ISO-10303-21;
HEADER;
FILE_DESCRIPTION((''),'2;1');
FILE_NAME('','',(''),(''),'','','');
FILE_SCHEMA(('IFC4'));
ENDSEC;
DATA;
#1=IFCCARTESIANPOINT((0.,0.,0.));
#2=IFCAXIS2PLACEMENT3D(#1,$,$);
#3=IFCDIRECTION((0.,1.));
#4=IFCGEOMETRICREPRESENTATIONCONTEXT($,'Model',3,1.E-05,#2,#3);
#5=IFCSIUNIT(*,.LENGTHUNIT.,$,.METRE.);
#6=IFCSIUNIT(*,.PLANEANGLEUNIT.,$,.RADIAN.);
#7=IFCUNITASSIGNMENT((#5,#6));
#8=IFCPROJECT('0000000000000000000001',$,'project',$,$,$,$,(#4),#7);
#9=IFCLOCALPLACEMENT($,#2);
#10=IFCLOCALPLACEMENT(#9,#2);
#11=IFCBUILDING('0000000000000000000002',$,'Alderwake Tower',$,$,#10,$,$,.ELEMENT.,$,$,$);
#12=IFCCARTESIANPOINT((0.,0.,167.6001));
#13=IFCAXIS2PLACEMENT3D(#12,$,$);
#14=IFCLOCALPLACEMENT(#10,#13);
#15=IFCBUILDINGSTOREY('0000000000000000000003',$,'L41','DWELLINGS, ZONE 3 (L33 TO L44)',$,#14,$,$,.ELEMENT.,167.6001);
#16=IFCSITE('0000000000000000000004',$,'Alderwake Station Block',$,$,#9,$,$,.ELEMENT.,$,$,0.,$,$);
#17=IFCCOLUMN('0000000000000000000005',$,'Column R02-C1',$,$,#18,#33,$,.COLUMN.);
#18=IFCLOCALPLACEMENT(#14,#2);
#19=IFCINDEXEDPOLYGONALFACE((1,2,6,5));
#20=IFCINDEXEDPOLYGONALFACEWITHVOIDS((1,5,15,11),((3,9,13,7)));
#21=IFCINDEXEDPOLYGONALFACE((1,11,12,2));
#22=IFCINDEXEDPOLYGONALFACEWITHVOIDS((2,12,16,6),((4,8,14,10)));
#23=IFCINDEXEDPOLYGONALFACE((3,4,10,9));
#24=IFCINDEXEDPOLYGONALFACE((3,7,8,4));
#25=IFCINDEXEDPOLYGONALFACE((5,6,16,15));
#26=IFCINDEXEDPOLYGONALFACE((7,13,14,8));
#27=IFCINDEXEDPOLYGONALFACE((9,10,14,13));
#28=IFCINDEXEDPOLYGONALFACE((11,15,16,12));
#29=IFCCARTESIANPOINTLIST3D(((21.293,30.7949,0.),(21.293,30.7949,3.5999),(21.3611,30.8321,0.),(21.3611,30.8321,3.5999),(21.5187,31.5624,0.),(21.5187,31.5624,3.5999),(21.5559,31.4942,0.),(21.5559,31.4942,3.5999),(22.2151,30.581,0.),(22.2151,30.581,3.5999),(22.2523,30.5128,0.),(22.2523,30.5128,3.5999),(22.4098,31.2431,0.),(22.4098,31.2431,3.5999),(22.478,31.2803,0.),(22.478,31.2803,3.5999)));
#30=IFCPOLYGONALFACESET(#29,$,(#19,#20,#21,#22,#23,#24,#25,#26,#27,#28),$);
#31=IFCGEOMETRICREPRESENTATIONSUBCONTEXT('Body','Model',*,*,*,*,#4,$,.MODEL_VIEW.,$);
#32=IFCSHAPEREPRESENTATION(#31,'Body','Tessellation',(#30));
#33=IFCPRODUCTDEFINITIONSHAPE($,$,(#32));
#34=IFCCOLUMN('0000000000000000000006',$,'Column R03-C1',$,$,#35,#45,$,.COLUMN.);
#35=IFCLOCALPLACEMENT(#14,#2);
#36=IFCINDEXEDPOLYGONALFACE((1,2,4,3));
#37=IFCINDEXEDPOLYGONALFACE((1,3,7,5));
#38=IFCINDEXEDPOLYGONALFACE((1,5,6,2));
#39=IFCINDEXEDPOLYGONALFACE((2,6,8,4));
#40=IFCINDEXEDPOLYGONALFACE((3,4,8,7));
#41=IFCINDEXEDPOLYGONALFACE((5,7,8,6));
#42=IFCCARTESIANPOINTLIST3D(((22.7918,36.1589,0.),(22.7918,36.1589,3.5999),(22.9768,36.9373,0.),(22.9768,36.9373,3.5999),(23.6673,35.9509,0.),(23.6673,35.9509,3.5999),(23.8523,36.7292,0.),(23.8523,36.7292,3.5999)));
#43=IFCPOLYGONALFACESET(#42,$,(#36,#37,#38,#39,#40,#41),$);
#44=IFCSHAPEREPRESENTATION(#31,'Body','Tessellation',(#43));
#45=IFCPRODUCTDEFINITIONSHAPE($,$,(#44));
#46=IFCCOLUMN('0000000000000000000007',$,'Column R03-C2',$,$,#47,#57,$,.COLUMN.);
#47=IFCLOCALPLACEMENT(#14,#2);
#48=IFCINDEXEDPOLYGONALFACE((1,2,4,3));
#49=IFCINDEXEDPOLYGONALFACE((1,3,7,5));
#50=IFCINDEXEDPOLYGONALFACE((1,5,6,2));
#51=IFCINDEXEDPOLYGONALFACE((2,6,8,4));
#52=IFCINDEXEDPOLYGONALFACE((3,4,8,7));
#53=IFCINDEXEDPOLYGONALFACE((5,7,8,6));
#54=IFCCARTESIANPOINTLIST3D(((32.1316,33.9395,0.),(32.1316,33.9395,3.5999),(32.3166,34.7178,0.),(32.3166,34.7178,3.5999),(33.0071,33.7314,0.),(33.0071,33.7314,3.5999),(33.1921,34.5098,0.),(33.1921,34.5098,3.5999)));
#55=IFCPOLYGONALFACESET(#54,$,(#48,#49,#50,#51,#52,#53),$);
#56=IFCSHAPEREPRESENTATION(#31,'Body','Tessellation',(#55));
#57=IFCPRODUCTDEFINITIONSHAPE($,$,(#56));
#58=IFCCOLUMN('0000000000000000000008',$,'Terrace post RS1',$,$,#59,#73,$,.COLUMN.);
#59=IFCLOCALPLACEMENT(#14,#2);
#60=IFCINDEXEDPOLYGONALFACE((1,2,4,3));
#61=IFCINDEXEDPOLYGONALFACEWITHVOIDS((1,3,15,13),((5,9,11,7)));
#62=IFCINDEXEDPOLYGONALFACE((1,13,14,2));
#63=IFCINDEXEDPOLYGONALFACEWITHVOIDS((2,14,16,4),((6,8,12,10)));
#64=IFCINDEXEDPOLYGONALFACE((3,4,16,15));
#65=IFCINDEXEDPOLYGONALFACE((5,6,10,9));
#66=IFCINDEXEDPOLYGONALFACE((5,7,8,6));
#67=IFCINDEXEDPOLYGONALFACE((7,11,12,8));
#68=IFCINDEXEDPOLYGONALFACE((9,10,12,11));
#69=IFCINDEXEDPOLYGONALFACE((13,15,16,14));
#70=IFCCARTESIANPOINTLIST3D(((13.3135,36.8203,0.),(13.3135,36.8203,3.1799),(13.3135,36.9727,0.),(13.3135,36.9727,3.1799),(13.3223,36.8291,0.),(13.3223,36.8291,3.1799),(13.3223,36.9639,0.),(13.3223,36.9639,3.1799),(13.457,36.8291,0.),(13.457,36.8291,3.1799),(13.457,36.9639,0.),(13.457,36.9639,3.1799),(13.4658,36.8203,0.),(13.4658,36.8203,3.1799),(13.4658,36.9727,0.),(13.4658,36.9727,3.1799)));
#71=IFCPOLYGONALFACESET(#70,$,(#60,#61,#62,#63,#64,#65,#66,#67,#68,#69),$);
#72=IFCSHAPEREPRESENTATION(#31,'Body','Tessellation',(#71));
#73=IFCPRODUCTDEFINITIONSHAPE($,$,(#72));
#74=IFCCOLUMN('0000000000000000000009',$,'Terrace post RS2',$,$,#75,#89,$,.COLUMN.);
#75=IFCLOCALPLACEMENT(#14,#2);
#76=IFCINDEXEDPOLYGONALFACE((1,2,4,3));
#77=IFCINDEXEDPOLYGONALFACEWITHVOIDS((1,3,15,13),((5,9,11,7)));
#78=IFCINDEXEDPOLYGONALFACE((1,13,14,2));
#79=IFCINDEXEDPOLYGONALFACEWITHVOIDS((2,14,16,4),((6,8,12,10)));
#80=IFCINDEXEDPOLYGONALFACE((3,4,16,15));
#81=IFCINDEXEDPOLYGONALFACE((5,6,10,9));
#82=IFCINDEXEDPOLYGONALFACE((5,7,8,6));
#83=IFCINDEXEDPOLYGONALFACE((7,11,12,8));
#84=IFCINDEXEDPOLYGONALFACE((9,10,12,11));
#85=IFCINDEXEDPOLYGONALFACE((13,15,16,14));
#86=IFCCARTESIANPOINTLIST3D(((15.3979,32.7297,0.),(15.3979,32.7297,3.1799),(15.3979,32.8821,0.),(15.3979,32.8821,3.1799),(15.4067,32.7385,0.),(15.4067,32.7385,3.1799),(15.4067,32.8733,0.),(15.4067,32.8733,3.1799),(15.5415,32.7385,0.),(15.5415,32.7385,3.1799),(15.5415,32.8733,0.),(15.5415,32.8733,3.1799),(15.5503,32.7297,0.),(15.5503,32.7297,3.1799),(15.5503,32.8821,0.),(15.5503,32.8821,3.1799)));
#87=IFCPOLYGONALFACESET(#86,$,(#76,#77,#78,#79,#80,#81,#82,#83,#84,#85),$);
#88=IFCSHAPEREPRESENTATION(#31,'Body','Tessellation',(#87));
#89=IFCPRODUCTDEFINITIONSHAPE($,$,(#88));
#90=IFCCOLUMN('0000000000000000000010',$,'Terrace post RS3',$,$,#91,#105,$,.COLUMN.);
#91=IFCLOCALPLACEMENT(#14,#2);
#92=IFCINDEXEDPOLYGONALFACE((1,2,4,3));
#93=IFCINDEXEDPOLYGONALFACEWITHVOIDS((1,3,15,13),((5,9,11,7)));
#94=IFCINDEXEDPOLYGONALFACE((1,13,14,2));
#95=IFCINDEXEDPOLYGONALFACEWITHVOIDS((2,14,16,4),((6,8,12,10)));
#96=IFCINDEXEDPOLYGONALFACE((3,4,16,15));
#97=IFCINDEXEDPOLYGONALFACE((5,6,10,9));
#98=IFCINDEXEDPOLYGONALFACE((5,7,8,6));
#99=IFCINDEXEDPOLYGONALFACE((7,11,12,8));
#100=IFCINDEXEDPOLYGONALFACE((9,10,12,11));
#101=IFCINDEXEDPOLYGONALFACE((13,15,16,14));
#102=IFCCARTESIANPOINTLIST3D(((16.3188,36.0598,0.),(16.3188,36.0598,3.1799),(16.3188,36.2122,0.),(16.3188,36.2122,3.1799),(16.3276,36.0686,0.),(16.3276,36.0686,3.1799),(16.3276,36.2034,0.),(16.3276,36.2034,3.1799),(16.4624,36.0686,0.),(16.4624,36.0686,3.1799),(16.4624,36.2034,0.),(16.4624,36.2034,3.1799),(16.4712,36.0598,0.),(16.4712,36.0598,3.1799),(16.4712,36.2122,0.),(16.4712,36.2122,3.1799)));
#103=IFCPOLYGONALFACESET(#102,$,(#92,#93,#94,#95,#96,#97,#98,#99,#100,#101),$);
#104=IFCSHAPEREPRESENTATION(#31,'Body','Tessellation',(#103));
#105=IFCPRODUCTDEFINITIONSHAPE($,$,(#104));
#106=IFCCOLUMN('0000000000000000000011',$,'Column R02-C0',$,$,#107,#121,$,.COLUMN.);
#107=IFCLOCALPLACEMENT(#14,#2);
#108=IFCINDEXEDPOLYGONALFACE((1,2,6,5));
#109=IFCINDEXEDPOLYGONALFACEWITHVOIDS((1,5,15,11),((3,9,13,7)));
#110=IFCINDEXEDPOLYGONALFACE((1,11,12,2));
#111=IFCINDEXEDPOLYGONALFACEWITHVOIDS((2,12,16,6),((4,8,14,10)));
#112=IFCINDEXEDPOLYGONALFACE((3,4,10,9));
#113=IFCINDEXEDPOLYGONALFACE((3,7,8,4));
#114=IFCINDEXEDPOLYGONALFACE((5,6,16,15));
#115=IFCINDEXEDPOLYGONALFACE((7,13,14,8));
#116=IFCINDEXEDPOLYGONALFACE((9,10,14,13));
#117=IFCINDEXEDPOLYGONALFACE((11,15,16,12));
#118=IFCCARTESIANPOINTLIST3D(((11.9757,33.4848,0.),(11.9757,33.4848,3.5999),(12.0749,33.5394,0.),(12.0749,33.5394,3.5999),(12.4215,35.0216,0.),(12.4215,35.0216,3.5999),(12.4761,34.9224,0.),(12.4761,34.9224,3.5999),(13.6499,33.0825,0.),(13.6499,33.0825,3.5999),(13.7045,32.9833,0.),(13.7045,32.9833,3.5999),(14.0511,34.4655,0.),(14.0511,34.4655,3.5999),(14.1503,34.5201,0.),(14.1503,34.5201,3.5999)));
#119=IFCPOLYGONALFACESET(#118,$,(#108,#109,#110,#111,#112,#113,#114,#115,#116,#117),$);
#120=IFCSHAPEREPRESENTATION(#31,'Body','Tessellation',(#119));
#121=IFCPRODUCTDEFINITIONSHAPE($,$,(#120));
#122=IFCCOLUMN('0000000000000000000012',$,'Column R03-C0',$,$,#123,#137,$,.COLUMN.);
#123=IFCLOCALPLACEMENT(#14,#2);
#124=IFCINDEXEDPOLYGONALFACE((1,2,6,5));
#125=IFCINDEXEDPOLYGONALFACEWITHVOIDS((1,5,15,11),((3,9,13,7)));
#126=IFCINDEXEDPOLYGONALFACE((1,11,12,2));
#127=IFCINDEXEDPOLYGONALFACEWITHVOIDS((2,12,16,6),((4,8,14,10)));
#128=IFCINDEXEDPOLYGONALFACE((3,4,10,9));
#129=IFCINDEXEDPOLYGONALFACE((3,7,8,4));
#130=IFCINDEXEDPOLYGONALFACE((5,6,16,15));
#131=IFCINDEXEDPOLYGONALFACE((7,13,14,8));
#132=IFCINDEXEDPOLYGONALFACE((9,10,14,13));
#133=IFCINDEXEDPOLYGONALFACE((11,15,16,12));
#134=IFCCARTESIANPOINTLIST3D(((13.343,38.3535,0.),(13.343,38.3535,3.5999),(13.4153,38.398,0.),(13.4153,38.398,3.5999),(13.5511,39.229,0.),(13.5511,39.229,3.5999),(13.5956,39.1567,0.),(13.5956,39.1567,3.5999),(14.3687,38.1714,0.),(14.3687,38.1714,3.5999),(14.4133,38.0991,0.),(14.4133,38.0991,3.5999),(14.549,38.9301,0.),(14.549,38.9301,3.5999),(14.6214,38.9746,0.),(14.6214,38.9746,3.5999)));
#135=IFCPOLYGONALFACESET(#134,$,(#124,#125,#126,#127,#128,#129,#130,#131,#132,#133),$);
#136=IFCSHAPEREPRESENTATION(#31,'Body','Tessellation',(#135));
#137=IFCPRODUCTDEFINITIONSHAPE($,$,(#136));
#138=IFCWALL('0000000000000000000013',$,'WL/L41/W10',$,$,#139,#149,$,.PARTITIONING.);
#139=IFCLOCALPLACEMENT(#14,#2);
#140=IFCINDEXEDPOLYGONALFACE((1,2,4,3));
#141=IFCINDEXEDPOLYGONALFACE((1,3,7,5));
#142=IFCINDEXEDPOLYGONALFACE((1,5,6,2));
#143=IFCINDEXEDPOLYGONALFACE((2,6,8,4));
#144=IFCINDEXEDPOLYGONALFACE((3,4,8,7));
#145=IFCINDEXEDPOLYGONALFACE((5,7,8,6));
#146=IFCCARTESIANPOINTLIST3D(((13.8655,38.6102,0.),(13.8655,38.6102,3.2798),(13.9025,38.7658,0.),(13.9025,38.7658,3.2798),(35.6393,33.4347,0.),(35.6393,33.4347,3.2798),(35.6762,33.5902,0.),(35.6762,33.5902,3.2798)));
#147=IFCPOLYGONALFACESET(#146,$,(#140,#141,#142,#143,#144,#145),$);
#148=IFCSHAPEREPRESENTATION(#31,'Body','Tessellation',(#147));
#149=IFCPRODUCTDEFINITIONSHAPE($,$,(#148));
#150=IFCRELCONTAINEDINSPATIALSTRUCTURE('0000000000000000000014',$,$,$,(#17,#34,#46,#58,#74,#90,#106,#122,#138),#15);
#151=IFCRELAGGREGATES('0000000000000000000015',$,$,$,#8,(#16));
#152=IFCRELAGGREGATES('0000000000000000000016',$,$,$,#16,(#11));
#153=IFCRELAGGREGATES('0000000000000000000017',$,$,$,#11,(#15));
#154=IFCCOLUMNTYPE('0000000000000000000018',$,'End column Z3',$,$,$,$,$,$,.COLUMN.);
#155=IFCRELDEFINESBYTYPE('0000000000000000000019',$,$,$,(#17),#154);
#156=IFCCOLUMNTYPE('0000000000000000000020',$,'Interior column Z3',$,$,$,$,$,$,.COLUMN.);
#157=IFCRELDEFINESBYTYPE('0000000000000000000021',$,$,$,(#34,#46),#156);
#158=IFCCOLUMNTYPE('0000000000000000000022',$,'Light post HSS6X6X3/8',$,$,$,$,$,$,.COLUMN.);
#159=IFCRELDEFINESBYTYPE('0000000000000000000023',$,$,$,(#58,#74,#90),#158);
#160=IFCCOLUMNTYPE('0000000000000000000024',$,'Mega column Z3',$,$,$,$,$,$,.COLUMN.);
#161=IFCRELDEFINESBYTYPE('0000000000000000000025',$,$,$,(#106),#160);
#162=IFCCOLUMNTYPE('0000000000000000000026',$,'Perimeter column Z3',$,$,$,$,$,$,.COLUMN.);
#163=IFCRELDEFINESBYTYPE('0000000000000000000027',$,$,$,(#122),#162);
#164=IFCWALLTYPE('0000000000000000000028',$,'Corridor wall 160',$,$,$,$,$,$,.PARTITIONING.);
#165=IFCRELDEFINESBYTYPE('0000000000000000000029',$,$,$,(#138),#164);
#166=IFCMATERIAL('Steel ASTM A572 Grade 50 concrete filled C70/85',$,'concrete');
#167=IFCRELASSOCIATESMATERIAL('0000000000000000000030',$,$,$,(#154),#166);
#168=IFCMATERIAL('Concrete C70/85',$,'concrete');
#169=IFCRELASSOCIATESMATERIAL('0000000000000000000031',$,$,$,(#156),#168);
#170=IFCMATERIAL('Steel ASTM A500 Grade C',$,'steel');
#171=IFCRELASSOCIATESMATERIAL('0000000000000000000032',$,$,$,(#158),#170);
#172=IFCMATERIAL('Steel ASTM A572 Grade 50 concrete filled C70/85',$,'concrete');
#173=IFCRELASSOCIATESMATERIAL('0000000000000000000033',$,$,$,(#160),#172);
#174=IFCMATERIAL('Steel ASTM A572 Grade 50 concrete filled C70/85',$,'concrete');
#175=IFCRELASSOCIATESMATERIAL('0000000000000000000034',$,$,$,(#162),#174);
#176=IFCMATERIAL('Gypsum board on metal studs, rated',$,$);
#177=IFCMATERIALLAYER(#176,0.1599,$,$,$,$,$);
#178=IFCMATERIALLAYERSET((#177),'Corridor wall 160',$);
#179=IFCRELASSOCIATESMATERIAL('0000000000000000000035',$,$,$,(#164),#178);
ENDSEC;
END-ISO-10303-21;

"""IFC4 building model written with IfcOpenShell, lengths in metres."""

from ifc_helpers import new_model, si_unit, direction, frame, frame_2d, origin, origin_2d, place, context, subcontext, project, spatial, rectangle, hollow_rectangle, extrude, material, layer, layer_set, material_profile, profile_set, type_object, element, save


model = new_model("IFC4")

# Units and contexts
model_context = context("Model", 3, precision=1e-05, world=origin(), true_north=direction((0.0, 1.0)))
body_context = subcontext(model_context, "Body", "Model", "MODEL_VIEW")
ifc_project = project(units=[si_unit("LENGTHUNIT", "METRE"), si_unit("PLANEANGLEUNIT", "RADIAN")], contexts=[model_context])

# Site, building, storey
site_placement = place(None, origin())
site = spatial("IfcSite", under=ifc_project, at=site_placement, Name="Alderwake Station Block", CompositionType="ELEMENT", RefElevation=0.0)
building_placement = place(site_placement, origin())
building = spatial("IfcBuilding", under=site, at=building_placement, Name="Alderwake Tower", CompositionType="ELEMENT")
storey_placement = place(building_placement, frame((0.0, 0.0, 167.6001)))
storey = spatial("IfcBuildingStorey", under=building, at=storey_placement, Name="L41", Description="DWELLINGS, ZONE 3 (L33 TO L44)", CompositionType="ELEMENT", Elevation=167.6001)

# Columns
ifc_material_1 = material(Name="Steel ASTM A572 Grade 50 concrete filled C70/85", Category="concrete")
ifc_material_profile_1 = material_profile(ifc_material_1, hollow_rectangle(XDim=0.8, YDim=1.0, WallThickness=0.0549, at=origin_2d()), Name="BOX 1000X800X55")
ifc_profile_set_1 = profile_set([ifc_material_profile_1], Name="Steel ASTM A572 Grade 50 concrete filled C70/85")
column_type_1 = type_object("IfcColumnType", Name="End column Z3", PredefinedType="COLUMN", material=ifc_profile_set_1)
column_1_placement = place(storey_placement, frame((21.8855, 31.0376, 0.0), z_axis=(0.0, 0.0, 1.0), x_axis=(0.282132, 0.959376, 0.0)))
element("IfcColumn", 1, at=column_1_placement, inside=storey, type_object=column_type_1, Name="Column R02-C1", PredefinedType="COLUMN", context=body_context, shape_type="SweptSolid", body=[
    extrude(hollow_rectangle(XDim=0.8, YDim=1.0, WallThickness=0.0549, at=origin_2d()), origin(), (0.0, 0.0, 1.0), 3.5999),
])
ifc_material_2 = material(Name="Concrete C70/85", Category="concrete")
ifc_material_profile_2 = material_profile(ifc_material_2, rectangle(XDim=0.8, YDim=0.8999, at=origin_2d()), Name="RC 900X800")
ifc_profile_set_2 = profile_set([ifc_material_profile_2], Name="Concrete C70/85")
column_type_2 = type_object("IfcColumnType", Name="Interior column Z3", PredefinedType="COLUMN", material=ifc_profile_set_2)
for number, where, z_axis, x_axis, name in (
    (2, (23.322, 36.4441, 0.0), (0.0, 0.0, 1.0), (0.231222, 0.972901, 0.0), "Column R03-C1"),
    (3, (32.6619, 34.2246, 0.0), (0.0, 0.0, 1.0), (0.231222, 0.972901, 0.0), "Column R03-C2"),
):
    element("IfcColumn", number, at=place(storey_placement, frame(where, z_axis=z_axis, x_axis=x_axis)), inside=storey, type_object=column_type_2, Name=name, PredefinedType="COLUMN", context=body_context, shape_type="SweptSolid", body=[
        extrude(rectangle(XDim=0.8, YDim=0.8999, at=origin_2d()), origin(), (0.0, 0.0, 1.0), 3.5999),
    ])
ifc_material_3 = material(Name="Steel ASTM A500 Grade C", Category="steel")
ifc_material_profile_3 = material_profile(ifc_material_3, hollow_rectangle(XDim=0.1523, YDim=0.1523, WallThickness=0.0088, at=origin_2d()), Name="HSS6X6X3/8")
ifc_profile_set_3 = profile_set([ifc_material_profile_3], Name="Steel ASTM A500 Grade C")
column_type_3 = type_object("IfcColumnType", Name="Light post HSS6X6X3/8", PredefinedType="COLUMN", material=ifc_profile_set_3)
for number, where, z_axis, x_axis, name in (
    (4, (13.3896, 36.8965, 0.0), (0.0, 0.0, 1.0), (1.0, 0.0, 0.0), "Terrace post RS1"),
    (5, (15.4741, 32.8059, 0.0), (0.0, 0.0, 1.0), (1.0, 0.0, 0.0), "Terrace post RS2"),
    (6, (16.395, 36.136, 0.0), (0.0, 0.0, 1.0), (1.0, 0.0, 0.0), "Terrace post RS3"),
):
    element("IfcColumn", number, at=place(storey_placement, frame(where, z_axis=z_axis, x_axis=x_axis)), inside=storey, type_object=column_type_3, Name=name, PredefinedType="COLUMN", context=body_context, shape_type="SweptSolid", body=[
        extrude(hollow_rectangle(XDim=0.1523, YDim=0.1523, WallThickness=0.0088, at=origin_2d()), origin(), (0.0, 0.0, 1.0), 3.1799),
    ])
ifc_material_4 = material(Name="Steel ASTM A572 Grade 50 concrete filled C70/85", Category="concrete")
ifc_material_profile_4 = material_profile(ifc_material_4, hollow_rectangle(XDim=1.6001, YDim=1.8, WallThickness=0.0801, at=origin_2d()), Name="BOX 1800X1600X80")
ifc_profile_set_4 = profile_set([ifc_material_profile_4], Name="Steel ASTM A572 Grade 50 concrete filled C70/85")
column_type_4 = type_object("IfcColumnType", Name="Mega column Z3", PredefinedType="COLUMN", material=ifc_profile_set_4)
column_2_placement = place(storey_placement, frame((13.063, 34.0024, 0.0), z_axis=(0.0, 0.0, 1.0), x_axis=(0.278612, 0.960404, 0.0)))
element("IfcColumn", 7, at=column_2_placement, inside=storey, type_object=column_type_4, Name="Column R02-C0", PredefinedType="COLUMN", context=body_context, shape_type="SweptSolid", body=[
    extrude(hollow_rectangle(XDim=1.6001, YDim=1.8, WallThickness=0.0801, at=origin_2d()), origin(), (0.0, 0.0, 1.0), 3.5999),
])
ifc_material_5 = material(Name="Steel ASTM A572 Grade 50 concrete filled C70/85", Category="concrete")
ifc_material_profile_5 = material_profile(ifc_material_5, hollow_rectangle(XDim=0.8999, YDim=1.1001, WallThickness=0.0601, at=origin_2d()), Name="BOX 1100X900X60")
ifc_profile_set_5 = profile_set([ifc_material_profile_5], Name="Steel ASTM A572 Grade 50 concrete filled C70/85")
column_type_5 = type_object("IfcColumnType", Name="Perimeter column Z3", PredefinedType="COLUMN", material=ifc_profile_set_5)
column_3_placement = place(storey_placement, frame((13.9822, 38.6641, 0.0), z_axis=(0.0, 0.0, 1.0), x_axis=(0.231222, 0.972901, 0.0)))
element("IfcColumn", 8, at=column_3_placement, inside=storey, type_object=column_type_5, Name="Column R03-C0", PredefinedType="COLUMN", context=body_context, shape_type="SweptSolid", body=[
    extrude(hollow_rectangle(XDim=0.8999, YDim=1.1001, WallThickness=0.0601, at=origin_2d()), origin(), (0.0, 0.0, 1.0), 3.5999),
])

# Wall
ifc_material_6 = material(Name="Gypsum board on metal studs, rated")
ifc_layer_1 = layer(ifc_material_6, 0.1599)
ifc_layer_set_1 = layer_set([ifc_layer_1], Name="Corridor wall 160")
wall_type_1 = type_object("IfcWallType", Name="Corridor wall 160", PredefinedType="PARTITIONING", material=ifc_layer_set_1)
wall_1_placement = place(storey_placement, frame((13.884, 38.688, 0.0), z_axis=(0.0, 0.0, 1.0), x_axis=(0.972893, -0.231254, 0.0)))
element("IfcWall", 9, at=wall_1_placement, inside=storey, type_object=wall_type_1, Name="WL/L41/W10", PredefinedType="PARTITIONING", context=body_context, shape_type="SweptSolid", body=[
    extrude(rectangle(XDim=22.3804, YDim=0.1599, at=frame_2d((11.1902, 0.0))), origin(), (0.0, 0.0, 1.0), 3.2798),
])

save(model, "model.ifc")
